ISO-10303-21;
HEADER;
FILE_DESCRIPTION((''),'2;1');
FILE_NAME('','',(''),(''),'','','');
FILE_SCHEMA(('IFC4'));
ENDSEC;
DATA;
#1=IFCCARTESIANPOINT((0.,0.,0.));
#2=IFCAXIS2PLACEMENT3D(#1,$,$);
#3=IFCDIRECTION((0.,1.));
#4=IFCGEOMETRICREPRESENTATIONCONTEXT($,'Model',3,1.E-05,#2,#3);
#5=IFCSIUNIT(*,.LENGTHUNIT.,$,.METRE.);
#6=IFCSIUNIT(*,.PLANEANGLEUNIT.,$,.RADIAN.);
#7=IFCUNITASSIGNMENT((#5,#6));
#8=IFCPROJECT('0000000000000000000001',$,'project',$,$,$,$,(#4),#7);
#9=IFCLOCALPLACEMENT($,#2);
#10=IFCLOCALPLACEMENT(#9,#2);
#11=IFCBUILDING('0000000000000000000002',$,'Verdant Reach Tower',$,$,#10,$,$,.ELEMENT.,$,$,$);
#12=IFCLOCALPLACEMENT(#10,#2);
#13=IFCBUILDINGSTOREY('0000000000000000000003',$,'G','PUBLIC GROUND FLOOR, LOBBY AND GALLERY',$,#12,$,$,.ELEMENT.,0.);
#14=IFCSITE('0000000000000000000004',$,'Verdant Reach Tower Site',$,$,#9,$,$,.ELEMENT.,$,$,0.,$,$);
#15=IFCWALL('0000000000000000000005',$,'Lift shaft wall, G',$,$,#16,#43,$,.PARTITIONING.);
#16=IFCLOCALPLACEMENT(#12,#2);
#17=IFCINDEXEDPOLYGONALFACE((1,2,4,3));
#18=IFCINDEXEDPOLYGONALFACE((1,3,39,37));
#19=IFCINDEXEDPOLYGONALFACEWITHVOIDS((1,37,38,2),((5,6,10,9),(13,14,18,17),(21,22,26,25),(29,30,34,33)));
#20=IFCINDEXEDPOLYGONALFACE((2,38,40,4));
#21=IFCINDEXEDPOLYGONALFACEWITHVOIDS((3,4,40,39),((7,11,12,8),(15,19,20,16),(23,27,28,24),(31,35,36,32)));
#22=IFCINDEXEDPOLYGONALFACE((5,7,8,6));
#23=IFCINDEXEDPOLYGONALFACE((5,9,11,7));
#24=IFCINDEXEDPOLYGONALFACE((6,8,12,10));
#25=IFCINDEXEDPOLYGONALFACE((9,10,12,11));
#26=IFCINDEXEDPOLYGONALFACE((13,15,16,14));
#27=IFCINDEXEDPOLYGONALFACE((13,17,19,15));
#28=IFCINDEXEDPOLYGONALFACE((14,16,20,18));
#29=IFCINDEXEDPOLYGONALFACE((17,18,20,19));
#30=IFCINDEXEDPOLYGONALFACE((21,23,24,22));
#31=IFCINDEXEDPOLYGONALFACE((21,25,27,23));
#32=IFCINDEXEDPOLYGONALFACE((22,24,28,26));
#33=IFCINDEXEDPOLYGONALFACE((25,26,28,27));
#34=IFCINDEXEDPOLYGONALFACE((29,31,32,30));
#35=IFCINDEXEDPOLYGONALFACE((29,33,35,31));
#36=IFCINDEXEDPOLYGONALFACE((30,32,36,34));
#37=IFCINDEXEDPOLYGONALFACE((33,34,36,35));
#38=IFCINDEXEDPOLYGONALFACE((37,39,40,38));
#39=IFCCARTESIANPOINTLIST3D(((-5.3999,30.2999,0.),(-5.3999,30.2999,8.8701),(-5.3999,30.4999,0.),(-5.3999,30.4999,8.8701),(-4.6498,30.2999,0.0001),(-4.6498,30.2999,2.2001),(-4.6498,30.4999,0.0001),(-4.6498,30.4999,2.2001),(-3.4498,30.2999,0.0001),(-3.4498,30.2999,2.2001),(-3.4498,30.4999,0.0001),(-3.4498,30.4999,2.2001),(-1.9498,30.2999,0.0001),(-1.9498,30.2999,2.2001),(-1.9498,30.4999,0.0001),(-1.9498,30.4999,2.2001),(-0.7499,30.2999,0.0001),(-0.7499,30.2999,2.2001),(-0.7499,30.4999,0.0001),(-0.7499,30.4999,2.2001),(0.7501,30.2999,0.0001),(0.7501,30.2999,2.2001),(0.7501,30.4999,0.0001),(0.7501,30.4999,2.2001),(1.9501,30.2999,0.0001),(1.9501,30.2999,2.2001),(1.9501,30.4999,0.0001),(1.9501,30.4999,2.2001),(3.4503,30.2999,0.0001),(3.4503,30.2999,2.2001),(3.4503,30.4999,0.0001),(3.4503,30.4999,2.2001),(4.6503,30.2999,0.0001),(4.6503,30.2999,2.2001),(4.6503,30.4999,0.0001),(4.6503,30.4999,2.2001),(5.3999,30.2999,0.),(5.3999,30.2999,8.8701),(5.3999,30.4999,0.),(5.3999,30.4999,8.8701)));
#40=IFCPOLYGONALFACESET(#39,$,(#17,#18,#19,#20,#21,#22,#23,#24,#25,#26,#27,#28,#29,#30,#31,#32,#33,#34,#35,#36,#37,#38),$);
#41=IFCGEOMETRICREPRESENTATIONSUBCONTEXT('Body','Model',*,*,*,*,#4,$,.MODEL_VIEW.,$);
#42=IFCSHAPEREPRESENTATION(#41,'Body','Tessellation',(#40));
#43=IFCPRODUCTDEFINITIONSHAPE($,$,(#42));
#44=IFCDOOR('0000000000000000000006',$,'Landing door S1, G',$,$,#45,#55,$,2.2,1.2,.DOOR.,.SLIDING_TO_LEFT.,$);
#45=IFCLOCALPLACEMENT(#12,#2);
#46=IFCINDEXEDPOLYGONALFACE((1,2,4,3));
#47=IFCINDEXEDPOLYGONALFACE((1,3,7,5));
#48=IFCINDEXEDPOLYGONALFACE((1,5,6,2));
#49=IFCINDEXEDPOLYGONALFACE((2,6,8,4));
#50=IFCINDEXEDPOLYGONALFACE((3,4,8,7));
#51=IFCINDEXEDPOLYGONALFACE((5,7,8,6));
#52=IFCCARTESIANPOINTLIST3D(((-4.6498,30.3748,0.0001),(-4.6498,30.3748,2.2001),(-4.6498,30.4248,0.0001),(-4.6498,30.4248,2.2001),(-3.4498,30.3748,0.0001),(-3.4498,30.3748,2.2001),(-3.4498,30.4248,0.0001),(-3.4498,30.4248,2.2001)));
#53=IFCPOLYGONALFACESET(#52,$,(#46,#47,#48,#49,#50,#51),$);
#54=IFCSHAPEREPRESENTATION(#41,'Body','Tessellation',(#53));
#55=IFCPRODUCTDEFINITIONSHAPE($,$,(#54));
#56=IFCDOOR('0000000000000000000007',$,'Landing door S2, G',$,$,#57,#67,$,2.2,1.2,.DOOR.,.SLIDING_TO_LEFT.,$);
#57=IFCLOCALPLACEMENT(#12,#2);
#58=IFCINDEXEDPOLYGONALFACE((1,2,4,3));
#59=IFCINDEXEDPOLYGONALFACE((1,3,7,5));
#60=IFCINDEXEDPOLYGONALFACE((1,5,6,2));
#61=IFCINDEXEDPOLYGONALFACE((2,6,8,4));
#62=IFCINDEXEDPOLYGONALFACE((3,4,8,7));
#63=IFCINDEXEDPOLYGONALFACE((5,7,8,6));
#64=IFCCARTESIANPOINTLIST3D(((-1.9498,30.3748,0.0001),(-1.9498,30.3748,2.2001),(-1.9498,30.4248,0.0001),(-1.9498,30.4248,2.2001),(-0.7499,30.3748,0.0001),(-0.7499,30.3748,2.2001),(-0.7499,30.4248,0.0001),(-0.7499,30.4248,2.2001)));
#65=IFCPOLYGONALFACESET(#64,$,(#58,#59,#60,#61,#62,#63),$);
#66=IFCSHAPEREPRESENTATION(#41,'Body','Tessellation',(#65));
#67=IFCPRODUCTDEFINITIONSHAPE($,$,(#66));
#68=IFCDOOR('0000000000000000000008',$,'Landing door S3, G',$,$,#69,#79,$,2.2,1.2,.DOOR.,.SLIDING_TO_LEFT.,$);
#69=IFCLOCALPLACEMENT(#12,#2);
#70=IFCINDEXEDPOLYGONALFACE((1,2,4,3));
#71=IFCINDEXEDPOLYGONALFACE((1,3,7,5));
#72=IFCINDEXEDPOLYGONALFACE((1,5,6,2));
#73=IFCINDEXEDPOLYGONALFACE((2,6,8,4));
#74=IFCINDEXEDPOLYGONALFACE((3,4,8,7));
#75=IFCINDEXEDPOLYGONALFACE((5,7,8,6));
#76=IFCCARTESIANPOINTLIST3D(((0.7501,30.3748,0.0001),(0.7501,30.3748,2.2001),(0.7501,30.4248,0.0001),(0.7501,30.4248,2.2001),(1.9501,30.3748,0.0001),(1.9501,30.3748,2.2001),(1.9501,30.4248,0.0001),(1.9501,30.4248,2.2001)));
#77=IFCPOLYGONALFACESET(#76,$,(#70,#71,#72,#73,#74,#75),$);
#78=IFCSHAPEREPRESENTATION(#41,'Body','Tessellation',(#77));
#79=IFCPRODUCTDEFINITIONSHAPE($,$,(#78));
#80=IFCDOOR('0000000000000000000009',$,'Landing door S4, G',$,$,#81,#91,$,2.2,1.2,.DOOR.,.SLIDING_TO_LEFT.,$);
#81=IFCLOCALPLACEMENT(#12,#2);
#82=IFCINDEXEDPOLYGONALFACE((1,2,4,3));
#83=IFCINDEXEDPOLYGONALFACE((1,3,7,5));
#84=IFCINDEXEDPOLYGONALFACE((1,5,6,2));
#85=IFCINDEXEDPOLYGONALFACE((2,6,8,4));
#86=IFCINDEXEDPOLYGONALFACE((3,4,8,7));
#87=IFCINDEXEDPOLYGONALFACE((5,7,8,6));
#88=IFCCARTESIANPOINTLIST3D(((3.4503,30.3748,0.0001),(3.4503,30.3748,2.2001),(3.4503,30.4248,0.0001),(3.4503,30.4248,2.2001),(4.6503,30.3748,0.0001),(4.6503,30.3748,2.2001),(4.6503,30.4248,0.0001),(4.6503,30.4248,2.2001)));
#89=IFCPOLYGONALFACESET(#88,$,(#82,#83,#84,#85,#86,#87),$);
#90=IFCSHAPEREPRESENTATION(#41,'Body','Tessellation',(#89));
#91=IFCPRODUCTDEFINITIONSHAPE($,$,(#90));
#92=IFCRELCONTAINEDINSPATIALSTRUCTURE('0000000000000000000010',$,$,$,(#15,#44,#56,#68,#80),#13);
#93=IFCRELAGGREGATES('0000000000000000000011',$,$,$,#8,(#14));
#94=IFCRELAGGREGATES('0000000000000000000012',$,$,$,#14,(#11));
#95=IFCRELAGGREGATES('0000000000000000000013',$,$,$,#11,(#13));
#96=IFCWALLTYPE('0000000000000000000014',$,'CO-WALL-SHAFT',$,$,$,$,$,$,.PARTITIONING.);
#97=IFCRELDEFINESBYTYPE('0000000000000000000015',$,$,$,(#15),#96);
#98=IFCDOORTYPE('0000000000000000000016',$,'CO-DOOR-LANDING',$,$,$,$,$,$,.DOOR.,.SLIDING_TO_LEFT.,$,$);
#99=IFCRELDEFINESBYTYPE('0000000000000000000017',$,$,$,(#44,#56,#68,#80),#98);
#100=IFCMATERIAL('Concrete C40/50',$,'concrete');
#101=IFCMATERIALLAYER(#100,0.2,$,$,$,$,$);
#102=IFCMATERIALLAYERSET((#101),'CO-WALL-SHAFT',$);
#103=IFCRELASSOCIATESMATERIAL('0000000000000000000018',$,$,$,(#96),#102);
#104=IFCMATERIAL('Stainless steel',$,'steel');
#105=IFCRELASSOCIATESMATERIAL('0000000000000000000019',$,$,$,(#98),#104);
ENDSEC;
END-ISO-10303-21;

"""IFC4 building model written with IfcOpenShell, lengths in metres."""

from ifc_helpers import new_model, si_unit, direction, frame, frame_2d, origin, place, context, subcontext, project, spatial, rectangle, extrude, material, layer, layer_set, type_object, element, fill, save


model = new_model("IFC4")

# Units and contexts
model_context = context("Model", 3, precision=1e-05, world=origin(), true_north=direction((0.0, 1.0)))
body_context = subcontext(model_context, "Body", "Model", "MODEL_VIEW")
ifc_project = project(units=[si_unit("LENGTHUNIT", "METRE"), si_unit("PLANEANGLEUNIT", "RADIAN")], contexts=[model_context])

# Site, building, storey
site_placement = place(None, origin())
site = spatial("IfcSite", under=ifc_project, at=site_placement, Name="Verdant Reach Tower Site", CompositionType="ELEMENT", RefElevation=0.0)
building_placement = place(site_placement, origin())
building = spatial("IfcBuilding", under=site, at=building_placement, Name="Verdant Reach Tower", CompositionType="ELEMENT")
storey_placement = place(building_placement, origin())
storey = spatial("IfcBuildingStorey", under=building, at=storey_placement, Name="G", Description="PUBLIC GROUND FLOOR, LOBBY AND GALLERY", CompositionType="ELEMENT", Elevation=0.0)

# Shared definitions
ifc_material_1 = material(Name="Concrete C40/50", Category="concrete")
ifc_layer = layer(ifc_material_1, 0.2)
ifc_layer_set = layer_set([ifc_layer], Name="CO-WALL-SHAFT")
wall_type = type_object("IfcWallType", Name="CO-WALL-SHAFT", PredefinedType="PARTITIONING", material=ifc_layer_set)

# Wall, openings, doors
wall_1_placement = place(storey_placement, frame((-5.3999, 30.3999, 0.0), z_axis=(0.0, 0.0, 1.0), x_axis=(1.0, 0.0, 0.0)))
wall_1 = element("IfcWall", 1, at=wall_1_placement, inside=storey, type_object=wall_type, Name="Lift shaft wall, G", PredefinedType="PARTITIONING", context=body_context, shape_type="SweptSolid", body=[
    extrude(rectangle(XDim=10.7998, YDim=0.2, at=frame_2d((5.3999, 0.0))), origin(), (0.0, 0.0, 1.0), 8.8701),
])
opening_1_placement = place(wall_1_placement, frame((0.75, 0.0, 0.0)))
opening_1 = element("IfcOpeningElement", 2, at=opening_1_placement, cuts=wall_1, PredefinedType="OPENING", context=body_context, shape_type="SweptSolid", body=[
    extrude(rectangle(XDim=1.2, YDim=2.2, at=frame_2d((0.6001, 1.1001))), frame((0.0, 0.1099, 0.0), z_axis=(0.0, -1.0, 0.0), x_axis=(1.0, 0.0, 0.0)), (0.0, 0.0, 1.0), 0.22),
])
opening_2_placement = place(wall_1_placement, frame((3.45, 0.0, 0.0)))
opening_2 = element("IfcOpeningElement", 3, at=opening_2_placement, cuts=wall_1, PredefinedType="OPENING", context=body_context, shape_type="SweptSolid", body=[
    extrude(rectangle(XDim=1.2, YDim=2.2, at=frame_2d((0.6001, 1.1001))), frame((0.0, 0.1099, 0.0), z_axis=(0.0, -1.0, 0.0), x_axis=(1.0, 0.0, 0.0)), (0.0, 0.0, 1.0), 0.22),
])
opening_3_placement = place(wall_1_placement, frame((6.1499, 0.0, 0.0)))
opening_3 = element("IfcOpeningElement", 4, at=opening_3_placement, cuts=wall_1, PredefinedType="OPENING", context=body_context, shape_type="SweptSolid", body=[
    extrude(rectangle(XDim=1.2, YDim=2.2, at=frame_2d((0.6001, 1.1001))), frame((0.0, 0.1099, 0.0), z_axis=(0.0, -1.0, 0.0), x_axis=(1.0, 0.0, 0.0)), (0.0, 0.0, 1.0), 0.22),
])
opening_4_placement = place(wall_1_placement, frame((8.8501, 0.0, 0.0)))
opening_4 = element("IfcOpeningElement", 5, at=opening_4_placement, cuts=wall_1, PredefinedType="OPENING", context=body_context, shape_type="SweptSolid", body=[
    extrude(rectangle(XDim=1.2, YDim=2.2, at=frame_2d((0.6001, 1.1001))), frame((0.0, 0.1099, 0.0), z_axis=(0.0, -1.0, 0.0), x_axis=(1.0, 0.0, 0.0)), (0.0, 0.0, 1.0), 0.22),
])
ifc_material_2 = material(Name="Stainless steel", Category="steel")
door_type_1 = type_object("IfcDoorType", Name="CO-DOOR-LANDING", OperationType="SLIDING_TO_LEFT", PredefinedType="DOOR", material=ifc_material_2)
door_1_placement = place(opening_1_placement, origin())
door_1 = element("IfcDoor", 6, at=door_1_placement, inside=storey, type_object=door_type_1, Name="Landing door S1, G", OperationType="SLIDING_TO_LEFT", OverallHeight=2.2, OverallWidth=1.2, PredefinedType="DOOR", context=body_context, shape_type="SweptSolid", body=[
    extrude(rectangle(XDim=1.2, YDim=2.2, at=frame_2d((0.6001, 1.1001))), frame((0.0, 0.0249, 0.0), z_axis=(0.0, -1.0, 0.0), x_axis=(1.0, 0.0, 0.0)), (0.0, 0.0, 1.0), 0.05),
])
fill(opening_1, door_1)
door_2_placement = place(opening_2_placement, origin())
door_2 = element("IfcDoor", 7, at=door_2_placement, inside=storey, type_object=door_type_1, Name="Landing door S2, G", OperationType="SLIDING_TO_LEFT", OverallHeight=2.2, OverallWidth=1.2, PredefinedType="DOOR", context=body_context, shape_type="SweptSolid", body=[
    extrude(rectangle(XDim=1.2, YDim=2.2, at=frame_2d((0.6001, 1.1001))), frame((0.0, 0.0249, 0.0), z_axis=(0.0, -1.0, 0.0), x_axis=(1.0, 0.0, 0.0)), (0.0, 0.0, 1.0), 0.05),
])
fill(opening_2, door_2)
door_3_placement = place(opening_3_placement, origin())
door_3 = element("IfcDoor", 8, at=door_3_placement, inside=storey, type_object=door_type_1, Name="Landing door S3, G", OperationType="SLIDING_TO_LEFT", OverallHeight=2.2, OverallWidth=1.2, PredefinedType="DOOR", context=body_context, shape_type="SweptSolid", body=[
    extrude(rectangle(XDim=1.2, YDim=2.2, at=frame_2d((0.6001, 1.1001))), frame((0.0, 0.0249, 0.0), z_axis=(0.0, -1.0, 0.0), x_axis=(1.0, 0.0, 0.0)), (0.0, 0.0, 1.0), 0.05),
])
fill(opening_3, door_3)
door_4_placement = place(opening_4_placement, origin())
door_4 = element("IfcDoor", 9, at=door_4_placement, inside=storey, type_object=door_type_1, Name="Landing door S4, G", OperationType="SLIDING_TO_LEFT", OverallHeight=2.2, OverallWidth=1.2, PredefinedType="DOOR", context=body_context, shape_type="SweptSolid", body=[
    extrude(rectangle(XDim=1.2, YDim=2.2, at=frame_2d((0.6001, 1.1001))), frame((0.0, 0.0249, 0.0), z_axis=(0.0, -1.0, 0.0), x_axis=(1.0, 0.0, 0.0)), (0.0, 0.0, 1.0), 0.05),
])
fill(opening_4, door_4)

save(model, "model.ifc")
